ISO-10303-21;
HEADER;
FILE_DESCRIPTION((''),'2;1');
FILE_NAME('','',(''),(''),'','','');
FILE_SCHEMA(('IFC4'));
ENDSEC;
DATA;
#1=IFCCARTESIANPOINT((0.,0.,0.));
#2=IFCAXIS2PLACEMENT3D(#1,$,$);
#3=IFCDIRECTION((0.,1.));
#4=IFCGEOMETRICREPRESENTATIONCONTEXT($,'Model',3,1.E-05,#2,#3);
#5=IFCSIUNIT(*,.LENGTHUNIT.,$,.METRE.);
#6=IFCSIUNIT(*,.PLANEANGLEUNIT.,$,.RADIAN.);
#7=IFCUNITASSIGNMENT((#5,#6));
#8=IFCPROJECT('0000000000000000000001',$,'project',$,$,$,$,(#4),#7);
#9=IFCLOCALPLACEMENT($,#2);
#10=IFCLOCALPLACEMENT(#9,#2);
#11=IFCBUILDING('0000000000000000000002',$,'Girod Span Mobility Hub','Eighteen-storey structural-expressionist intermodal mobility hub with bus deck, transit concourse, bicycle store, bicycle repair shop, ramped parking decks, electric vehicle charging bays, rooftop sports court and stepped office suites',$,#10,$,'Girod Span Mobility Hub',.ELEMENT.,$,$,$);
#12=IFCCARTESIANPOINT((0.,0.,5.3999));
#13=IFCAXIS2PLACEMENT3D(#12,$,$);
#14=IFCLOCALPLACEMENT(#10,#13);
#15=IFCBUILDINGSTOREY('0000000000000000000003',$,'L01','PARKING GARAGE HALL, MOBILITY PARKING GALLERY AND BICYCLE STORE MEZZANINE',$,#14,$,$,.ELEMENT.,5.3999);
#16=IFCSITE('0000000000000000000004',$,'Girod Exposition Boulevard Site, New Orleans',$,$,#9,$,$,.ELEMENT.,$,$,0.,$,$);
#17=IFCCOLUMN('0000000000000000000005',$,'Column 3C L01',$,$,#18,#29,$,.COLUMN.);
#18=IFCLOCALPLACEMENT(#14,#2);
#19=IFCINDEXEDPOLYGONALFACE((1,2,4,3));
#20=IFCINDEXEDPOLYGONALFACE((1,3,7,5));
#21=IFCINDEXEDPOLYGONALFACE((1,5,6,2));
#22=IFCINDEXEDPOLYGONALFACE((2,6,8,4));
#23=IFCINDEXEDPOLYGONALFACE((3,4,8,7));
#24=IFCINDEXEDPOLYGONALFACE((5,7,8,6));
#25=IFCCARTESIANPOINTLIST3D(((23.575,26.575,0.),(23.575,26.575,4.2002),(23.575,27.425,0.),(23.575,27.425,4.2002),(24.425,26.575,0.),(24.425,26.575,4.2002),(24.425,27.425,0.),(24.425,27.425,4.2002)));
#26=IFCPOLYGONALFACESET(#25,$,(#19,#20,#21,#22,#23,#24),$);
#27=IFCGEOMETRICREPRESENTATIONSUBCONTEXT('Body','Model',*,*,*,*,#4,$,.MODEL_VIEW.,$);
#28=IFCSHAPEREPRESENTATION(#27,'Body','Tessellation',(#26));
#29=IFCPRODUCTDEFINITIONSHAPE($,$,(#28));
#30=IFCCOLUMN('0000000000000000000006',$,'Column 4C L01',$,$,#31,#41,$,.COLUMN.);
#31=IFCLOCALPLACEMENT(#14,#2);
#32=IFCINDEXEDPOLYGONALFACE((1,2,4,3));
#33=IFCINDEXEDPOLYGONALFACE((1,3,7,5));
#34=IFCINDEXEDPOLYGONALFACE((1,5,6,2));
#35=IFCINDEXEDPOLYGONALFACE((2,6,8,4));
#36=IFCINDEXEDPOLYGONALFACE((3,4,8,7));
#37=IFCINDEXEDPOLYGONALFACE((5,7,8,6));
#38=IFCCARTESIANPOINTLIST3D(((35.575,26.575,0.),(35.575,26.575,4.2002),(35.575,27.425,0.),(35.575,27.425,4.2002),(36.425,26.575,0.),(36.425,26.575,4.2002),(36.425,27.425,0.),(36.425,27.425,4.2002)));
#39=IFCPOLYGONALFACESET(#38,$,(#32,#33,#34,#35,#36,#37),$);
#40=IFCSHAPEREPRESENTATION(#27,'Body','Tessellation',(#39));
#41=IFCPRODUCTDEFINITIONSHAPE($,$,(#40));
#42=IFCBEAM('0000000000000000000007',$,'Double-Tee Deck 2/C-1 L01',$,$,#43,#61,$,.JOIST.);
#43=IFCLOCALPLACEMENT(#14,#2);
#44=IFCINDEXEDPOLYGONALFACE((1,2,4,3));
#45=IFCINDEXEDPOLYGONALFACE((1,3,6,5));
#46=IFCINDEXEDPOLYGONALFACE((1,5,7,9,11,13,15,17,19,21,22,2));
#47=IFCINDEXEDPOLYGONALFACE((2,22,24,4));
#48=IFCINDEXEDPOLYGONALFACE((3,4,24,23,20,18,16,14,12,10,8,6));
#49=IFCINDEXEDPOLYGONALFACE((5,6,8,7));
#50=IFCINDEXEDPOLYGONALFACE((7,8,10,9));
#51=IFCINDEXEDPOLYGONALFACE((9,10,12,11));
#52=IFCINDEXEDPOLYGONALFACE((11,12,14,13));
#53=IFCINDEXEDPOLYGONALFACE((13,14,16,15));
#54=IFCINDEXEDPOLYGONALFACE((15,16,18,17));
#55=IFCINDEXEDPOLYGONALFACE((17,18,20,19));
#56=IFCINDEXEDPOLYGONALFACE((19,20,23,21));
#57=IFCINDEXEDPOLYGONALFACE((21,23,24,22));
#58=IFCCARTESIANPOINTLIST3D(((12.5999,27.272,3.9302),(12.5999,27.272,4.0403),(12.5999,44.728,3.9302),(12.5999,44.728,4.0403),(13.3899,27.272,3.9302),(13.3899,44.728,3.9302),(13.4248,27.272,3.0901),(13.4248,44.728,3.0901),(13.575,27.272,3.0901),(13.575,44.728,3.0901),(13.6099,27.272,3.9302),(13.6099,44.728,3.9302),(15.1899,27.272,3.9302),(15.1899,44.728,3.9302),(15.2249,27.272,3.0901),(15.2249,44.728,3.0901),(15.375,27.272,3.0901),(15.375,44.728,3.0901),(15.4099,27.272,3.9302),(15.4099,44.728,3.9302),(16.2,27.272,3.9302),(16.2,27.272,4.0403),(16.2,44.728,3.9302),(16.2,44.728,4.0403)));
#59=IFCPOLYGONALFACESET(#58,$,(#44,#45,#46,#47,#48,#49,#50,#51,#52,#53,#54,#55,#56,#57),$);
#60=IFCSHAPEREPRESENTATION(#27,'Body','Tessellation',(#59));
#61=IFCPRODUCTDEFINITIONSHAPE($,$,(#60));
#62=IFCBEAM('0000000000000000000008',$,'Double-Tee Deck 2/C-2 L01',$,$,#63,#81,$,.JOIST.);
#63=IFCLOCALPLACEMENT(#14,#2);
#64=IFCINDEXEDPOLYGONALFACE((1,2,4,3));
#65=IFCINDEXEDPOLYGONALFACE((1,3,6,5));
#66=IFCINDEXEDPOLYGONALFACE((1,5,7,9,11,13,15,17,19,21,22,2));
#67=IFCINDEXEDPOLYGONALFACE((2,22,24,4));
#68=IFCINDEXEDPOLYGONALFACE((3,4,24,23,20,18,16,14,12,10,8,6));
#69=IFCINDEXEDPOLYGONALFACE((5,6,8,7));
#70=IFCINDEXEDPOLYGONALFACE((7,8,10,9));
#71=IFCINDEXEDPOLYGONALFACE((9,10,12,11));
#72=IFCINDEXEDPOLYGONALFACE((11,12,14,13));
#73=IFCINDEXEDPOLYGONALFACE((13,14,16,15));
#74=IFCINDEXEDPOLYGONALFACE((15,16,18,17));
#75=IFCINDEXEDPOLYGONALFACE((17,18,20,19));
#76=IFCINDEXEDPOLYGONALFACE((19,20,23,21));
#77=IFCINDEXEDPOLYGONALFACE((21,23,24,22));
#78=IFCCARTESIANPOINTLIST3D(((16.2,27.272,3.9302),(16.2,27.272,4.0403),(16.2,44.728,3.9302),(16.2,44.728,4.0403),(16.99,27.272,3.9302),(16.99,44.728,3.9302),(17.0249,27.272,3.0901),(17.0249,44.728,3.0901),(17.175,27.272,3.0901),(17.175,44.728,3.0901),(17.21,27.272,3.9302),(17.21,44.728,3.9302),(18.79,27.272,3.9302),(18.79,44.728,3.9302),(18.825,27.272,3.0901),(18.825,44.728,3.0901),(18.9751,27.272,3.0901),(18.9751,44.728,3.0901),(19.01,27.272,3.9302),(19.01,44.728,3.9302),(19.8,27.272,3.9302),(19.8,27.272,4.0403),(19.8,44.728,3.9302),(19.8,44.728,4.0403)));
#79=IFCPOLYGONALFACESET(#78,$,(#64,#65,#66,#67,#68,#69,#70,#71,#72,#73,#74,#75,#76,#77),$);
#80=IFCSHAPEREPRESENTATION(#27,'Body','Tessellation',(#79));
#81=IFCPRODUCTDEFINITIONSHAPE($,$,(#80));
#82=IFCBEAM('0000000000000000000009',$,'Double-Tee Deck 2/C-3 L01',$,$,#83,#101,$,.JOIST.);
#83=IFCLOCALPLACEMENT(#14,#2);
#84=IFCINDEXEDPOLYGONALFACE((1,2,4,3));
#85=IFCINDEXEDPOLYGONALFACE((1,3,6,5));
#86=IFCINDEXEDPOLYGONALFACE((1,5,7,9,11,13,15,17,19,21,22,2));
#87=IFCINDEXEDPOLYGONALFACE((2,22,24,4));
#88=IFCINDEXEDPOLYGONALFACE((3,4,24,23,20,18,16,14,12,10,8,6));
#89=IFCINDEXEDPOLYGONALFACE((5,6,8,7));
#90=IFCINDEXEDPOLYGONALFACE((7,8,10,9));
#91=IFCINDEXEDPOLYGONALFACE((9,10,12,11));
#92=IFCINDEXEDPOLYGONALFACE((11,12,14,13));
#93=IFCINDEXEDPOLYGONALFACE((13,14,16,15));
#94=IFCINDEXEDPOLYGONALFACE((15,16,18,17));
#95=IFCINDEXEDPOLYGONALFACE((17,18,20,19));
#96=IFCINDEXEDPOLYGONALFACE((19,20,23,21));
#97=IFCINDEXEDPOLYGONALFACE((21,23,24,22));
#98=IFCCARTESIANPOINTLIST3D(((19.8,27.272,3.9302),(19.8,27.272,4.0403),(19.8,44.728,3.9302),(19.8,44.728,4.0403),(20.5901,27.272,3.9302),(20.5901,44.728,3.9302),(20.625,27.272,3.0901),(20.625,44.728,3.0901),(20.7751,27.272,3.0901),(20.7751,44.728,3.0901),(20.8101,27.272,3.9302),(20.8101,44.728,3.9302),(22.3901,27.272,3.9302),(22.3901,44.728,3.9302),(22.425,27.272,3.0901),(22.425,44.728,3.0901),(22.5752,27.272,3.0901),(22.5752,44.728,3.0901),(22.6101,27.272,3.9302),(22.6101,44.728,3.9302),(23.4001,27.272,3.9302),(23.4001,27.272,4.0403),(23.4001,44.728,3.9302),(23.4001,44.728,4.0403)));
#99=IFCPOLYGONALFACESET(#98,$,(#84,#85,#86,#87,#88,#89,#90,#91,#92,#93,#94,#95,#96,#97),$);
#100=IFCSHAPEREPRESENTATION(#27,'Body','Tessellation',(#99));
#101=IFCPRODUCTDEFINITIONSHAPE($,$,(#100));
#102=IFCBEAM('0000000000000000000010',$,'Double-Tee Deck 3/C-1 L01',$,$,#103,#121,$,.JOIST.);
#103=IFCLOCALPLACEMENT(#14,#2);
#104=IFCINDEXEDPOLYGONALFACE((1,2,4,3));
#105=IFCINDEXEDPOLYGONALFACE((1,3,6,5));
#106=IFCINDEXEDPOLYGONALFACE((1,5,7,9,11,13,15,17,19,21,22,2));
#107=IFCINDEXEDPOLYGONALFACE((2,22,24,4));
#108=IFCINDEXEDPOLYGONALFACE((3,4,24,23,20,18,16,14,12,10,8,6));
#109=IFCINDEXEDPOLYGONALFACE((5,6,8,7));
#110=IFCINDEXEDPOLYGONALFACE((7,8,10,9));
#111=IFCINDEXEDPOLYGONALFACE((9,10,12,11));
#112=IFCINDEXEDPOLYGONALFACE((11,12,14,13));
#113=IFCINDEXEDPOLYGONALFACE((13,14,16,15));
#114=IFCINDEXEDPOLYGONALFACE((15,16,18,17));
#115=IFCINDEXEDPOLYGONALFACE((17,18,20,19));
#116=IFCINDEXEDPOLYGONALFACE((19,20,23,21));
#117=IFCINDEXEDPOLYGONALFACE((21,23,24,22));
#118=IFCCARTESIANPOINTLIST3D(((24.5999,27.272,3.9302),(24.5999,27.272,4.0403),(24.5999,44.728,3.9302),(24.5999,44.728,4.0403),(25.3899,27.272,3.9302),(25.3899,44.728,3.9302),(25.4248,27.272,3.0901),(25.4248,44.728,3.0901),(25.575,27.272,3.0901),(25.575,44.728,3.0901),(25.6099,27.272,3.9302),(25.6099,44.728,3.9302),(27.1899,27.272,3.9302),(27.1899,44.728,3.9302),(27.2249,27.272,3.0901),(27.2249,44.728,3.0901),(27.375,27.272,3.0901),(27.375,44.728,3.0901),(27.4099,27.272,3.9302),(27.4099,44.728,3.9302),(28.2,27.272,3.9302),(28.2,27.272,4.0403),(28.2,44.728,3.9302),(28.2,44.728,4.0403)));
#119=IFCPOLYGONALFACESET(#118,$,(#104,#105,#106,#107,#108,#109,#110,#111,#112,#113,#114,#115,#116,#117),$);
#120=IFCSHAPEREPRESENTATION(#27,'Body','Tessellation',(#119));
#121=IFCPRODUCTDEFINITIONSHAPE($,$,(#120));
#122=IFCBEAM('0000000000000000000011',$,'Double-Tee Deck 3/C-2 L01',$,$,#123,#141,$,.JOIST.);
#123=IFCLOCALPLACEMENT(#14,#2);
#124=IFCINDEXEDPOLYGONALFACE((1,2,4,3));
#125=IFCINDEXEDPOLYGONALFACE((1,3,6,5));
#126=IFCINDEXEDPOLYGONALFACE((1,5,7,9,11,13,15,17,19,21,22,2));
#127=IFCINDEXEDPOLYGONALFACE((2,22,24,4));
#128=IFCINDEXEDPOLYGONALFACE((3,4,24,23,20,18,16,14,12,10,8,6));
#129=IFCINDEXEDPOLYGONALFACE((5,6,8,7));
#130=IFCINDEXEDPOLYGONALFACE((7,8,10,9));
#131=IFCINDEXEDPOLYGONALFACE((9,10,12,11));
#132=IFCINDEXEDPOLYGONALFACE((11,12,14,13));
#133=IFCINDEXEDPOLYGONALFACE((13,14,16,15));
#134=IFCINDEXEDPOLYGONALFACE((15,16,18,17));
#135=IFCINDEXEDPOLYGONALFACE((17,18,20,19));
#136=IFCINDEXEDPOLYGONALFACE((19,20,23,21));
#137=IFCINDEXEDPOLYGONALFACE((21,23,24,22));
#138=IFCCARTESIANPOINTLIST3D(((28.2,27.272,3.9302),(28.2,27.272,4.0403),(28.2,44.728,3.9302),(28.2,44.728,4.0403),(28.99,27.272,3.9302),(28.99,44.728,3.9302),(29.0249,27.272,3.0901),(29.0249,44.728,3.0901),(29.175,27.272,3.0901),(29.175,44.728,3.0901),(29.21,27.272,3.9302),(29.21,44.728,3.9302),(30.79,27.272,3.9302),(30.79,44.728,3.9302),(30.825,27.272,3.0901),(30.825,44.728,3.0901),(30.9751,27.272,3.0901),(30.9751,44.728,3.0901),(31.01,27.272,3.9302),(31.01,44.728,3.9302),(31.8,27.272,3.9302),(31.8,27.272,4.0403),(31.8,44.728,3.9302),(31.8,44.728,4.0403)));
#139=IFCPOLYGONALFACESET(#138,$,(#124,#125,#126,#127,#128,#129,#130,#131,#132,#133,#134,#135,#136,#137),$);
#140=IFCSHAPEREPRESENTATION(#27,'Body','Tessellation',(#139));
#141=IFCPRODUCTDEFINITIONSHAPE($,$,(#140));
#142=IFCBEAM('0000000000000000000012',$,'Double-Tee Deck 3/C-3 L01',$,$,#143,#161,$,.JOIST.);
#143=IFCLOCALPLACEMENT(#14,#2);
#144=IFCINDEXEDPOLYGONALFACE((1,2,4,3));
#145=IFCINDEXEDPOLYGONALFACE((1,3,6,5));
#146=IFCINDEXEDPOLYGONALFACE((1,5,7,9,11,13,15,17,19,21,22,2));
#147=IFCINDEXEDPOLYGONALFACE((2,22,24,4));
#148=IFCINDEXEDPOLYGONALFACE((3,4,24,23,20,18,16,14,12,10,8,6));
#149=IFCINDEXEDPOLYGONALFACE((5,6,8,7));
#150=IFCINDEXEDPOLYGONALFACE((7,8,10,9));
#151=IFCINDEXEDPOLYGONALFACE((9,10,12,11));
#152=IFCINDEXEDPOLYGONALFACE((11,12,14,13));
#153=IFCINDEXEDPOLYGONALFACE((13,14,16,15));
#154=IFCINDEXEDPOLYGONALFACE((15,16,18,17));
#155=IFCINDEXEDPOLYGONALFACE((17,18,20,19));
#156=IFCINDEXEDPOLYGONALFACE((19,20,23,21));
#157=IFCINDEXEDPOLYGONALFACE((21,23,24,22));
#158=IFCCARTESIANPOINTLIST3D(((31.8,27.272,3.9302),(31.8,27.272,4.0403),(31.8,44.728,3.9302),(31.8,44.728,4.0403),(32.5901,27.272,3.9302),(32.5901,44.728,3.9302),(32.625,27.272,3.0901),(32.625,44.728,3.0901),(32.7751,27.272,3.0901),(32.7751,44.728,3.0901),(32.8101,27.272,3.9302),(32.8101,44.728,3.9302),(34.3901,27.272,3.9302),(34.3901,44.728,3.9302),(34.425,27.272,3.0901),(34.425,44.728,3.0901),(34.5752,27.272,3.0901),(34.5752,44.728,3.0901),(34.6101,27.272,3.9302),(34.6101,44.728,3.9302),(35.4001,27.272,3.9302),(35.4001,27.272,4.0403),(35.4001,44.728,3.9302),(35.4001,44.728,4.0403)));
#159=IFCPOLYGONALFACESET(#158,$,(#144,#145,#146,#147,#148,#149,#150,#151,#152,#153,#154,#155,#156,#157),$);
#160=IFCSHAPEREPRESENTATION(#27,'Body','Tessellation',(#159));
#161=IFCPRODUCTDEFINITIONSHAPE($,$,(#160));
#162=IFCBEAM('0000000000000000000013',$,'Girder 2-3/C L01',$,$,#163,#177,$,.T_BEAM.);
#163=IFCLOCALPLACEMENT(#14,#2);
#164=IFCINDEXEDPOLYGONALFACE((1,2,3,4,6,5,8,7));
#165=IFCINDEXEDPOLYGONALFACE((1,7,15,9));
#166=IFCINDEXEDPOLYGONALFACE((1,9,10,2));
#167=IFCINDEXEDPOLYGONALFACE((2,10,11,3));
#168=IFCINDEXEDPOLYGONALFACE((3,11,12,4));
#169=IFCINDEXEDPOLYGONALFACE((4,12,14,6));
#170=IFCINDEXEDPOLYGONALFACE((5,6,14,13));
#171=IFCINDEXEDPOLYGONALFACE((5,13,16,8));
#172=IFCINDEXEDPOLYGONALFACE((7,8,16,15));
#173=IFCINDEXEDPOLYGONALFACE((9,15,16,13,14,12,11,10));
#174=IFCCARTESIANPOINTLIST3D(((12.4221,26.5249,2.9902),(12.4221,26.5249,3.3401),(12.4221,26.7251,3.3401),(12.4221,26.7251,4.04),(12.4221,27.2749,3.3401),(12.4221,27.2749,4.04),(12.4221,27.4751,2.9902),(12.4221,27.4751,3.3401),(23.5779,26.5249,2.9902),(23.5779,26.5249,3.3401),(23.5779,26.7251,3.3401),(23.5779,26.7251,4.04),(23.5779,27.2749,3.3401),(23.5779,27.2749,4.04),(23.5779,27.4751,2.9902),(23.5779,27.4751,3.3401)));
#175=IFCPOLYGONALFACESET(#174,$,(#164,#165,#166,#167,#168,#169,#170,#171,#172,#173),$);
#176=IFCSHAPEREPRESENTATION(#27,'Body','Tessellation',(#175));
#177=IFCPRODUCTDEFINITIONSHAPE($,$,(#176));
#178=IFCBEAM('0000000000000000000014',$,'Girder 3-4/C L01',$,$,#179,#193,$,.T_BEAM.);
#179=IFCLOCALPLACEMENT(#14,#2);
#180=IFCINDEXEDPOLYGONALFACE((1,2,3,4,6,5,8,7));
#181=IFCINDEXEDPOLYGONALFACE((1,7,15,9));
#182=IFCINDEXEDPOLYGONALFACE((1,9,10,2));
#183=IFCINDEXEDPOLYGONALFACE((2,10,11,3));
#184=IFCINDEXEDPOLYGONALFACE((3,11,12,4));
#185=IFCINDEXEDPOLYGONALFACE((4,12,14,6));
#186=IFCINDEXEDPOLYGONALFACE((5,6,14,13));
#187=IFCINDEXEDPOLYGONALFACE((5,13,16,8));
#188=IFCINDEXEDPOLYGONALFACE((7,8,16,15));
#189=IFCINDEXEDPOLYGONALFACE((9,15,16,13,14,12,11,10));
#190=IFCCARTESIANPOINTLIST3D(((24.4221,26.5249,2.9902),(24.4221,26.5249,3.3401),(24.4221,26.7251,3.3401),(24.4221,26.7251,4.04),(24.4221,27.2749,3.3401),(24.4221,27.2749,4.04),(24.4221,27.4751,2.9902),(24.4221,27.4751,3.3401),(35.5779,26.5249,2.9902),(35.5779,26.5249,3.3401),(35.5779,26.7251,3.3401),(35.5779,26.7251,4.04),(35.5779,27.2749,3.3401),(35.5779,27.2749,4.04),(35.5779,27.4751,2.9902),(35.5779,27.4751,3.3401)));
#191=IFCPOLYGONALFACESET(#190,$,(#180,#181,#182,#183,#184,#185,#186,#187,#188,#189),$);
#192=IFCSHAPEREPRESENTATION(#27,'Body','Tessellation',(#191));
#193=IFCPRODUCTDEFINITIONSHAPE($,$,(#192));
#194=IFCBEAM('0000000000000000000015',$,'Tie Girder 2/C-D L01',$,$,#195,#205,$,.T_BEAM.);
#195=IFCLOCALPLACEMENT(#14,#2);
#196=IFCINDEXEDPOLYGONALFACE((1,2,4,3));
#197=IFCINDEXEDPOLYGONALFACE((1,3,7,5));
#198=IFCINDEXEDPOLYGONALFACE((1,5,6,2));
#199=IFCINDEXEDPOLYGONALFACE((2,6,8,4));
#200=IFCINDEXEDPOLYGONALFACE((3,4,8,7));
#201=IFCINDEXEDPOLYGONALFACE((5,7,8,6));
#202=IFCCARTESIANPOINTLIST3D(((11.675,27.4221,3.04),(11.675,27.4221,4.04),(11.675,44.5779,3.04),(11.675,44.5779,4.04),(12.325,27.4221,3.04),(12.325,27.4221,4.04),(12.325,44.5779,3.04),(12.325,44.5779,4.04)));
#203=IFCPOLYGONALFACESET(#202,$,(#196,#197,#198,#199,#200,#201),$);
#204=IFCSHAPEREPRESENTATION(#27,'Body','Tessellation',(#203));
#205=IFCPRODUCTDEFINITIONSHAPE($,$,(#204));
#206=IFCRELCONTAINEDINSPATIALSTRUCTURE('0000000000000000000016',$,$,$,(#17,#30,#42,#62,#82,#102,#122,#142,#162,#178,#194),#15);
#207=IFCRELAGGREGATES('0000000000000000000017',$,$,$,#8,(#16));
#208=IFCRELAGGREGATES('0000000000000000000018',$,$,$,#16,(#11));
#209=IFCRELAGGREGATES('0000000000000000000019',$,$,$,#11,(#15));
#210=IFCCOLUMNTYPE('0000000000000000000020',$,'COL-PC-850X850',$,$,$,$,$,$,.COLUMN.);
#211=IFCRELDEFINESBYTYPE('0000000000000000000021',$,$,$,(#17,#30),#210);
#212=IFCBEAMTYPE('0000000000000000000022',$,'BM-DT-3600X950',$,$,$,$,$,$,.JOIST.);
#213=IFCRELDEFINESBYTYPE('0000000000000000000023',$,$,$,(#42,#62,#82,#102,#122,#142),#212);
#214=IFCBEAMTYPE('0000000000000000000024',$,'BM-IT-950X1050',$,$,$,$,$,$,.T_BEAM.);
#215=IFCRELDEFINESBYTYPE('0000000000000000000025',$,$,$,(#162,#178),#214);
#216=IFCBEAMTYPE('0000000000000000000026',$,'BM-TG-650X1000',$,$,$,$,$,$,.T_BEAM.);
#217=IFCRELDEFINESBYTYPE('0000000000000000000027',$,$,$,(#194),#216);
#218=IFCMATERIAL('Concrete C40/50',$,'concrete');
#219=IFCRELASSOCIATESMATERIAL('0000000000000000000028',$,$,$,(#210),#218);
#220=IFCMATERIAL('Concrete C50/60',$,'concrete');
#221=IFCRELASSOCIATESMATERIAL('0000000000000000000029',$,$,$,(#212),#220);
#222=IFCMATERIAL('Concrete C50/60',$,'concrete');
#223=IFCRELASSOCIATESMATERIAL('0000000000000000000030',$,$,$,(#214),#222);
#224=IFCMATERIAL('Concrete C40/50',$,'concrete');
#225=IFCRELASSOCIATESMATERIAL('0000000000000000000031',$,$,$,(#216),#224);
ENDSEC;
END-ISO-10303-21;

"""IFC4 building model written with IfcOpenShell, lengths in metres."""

from ifc_helpers import new_model, si_unit, direction, frame, origin, origin_2d, place, context, subcontext, project, spatial, polyline, rectangle, outline, extrude, material, material_profile, profile_set, type_object, element, save


model = new_model("IFC4")

# Units and contexts
model_context = context("Model", 3, precision=1e-05, world=origin(), true_north=direction((0.0, 1.0)))
body_context = subcontext(model_context, "Body", "Model", "MODEL_VIEW")
ifc_project = project(units=[si_unit("LENGTHUNIT", "METRE"), si_unit("PLANEANGLEUNIT", "RADIAN")], contexts=[model_context])

# Site, building, storey
site_placement = place(None, origin())
site = spatial("IfcSite", under=ifc_project, at=site_placement, Name="Girod Exposition Boulevard Site, New Orleans", CompositionType="ELEMENT", RefElevation=0.0)
building_placement = place(site_placement, origin())
building = spatial("IfcBuilding", under=site, at=building_placement, Name="Girod Span Mobility Hub", Description="Eighteen-storey structural-expressionist intermodal mobility hub with bus deck, transit concourse, bicycle store, bicycle repair shop, ramped parking decks, electric vehicle charging bays, rooftop sports court and stepped office suites", LongName="Girod Span Mobility Hub", CompositionType="ELEMENT")
storey_placement = place(building_placement, frame((0.0, 0.0, 5.3999)))
storey = spatial("IfcBuildingStorey", under=building, at=storey_placement, Name="L01", Description="PARKING GARAGE HALL, MOBILITY PARKING GALLERY AND BICYCLE STORE MEZZANINE", CompositionType="ELEMENT", Elevation=5.3999)

# Columns
ifc_material_1 = material(Name="Concrete C40/50", Category="concrete")
ifc_material_profile_1 = material_profile(ifc_material_1, rectangle(XDim=0.8501, YDim=0.8501, at=origin_2d()), Name="PC-COL-850X850")
ifc_profile_set_1 = profile_set([ifc_material_profile_1], Name="Concrete C40/50")
column_type = type_object("IfcColumnType", Name="COL-PC-850X850", PredefinedType="COLUMN", material=ifc_profile_set_1)
for number, where, z_axis, x_axis, name in (
    (1, (24.0, 27.0, 0.0), (0.0, 0.0, 1.0), (1.0, 0.0, 0.0), "Column 3C L01"),
    (2, (36.0, 27.0, 0.0), (0.0, 0.0, 1.0), (1.0, 0.0, 0.0), "Column 4C L01"),
):
    element("IfcColumn", number, at=place(storey_placement, frame(where, z_axis=z_axis, x_axis=x_axis)), inside=storey, type_object=column_type, Name=name, PredefinedType="COLUMN", context=body_context, shape_type="SweptSolid", body=[
        extrude(rectangle(XDim=0.8501, YDim=0.8501, at=origin_2d()), origin(), (0.0, 0.0, 1.0), 4.2002),
    ])

# Beams
ifc_material_2 = material(Name="Concrete C50/60", Category="concrete")
ifc_material_profile_2 = material_profile(ifc_material_2, outline(polyline([(-1.8, 0.4751), (-1.8, 0.365), (-1.01, 0.365), (-0.9751, -0.4751), (-0.825, -0.4751), (-0.79, 0.365), (0.79, 0.365), (0.825, -0.4751), (0.9751, -0.4751), (1.01, 0.365), (1.8, 0.365), (1.8, 0.4751), (-1.8, 0.4751)])), Name="DT-3600X950")
ifc_profile_set_2 = profile_set([ifc_material_profile_2], Name="Concrete C50/60")
beam_type_1 = type_object("IfcBeamType", Name="BM-DT-3600X950", PredefinedType="JOIST", material=ifc_profile_set_2)
for number, where, z_axis, x_axis, name in (
    (3, (14.3999, 27.272, 3.5652), (0.0, 1.0, 0.0), (-1.0, 0.0, 0.0), "Double-Tee Deck 2/C-1 L01"),
    (4, (18.0, 27.272, 3.5652), (0.0, 1.0, 0.0), (-1.0, 0.0, 0.0), "Double-Tee Deck 2/C-2 L01"),
    (5, (21.6001, 27.272, 3.5652), (0.0, 1.0, 0.0), (-1.0, 0.0, 0.0), "Double-Tee Deck 2/C-3 L01"),
    (6, (26.3999, 27.272, 3.5652), (0.0, 1.0, 0.0), (-1.0, 0.0, 0.0), "Double-Tee Deck 3/C-1 L01"),
    (7, (30.0, 27.272, 3.5652), (0.0, 1.0, 0.0), (-1.0, 0.0, 0.0), "Double-Tee Deck 3/C-2 L01"),
    (8, (33.6001, 27.272, 3.5652), (0.0, 1.0, 0.0), (-1.0, 0.0, 0.0), "Double-Tee Deck 3/C-3 L01"),
):
    element("IfcBeam", number, at=place(storey_placement, frame(where, z_axis=z_axis, x_axis=x_axis)), inside=storey, type_object=beam_type_1, Name=name, PredefinedType="JOIST", context=body_context, shape_type="SweptSolid", body=[
        extrude(outline(polyline([(-1.8, 0.4751), (-1.8, 0.365), (-1.01, 0.365), (-0.9751, -0.4751), (-0.825, -0.4751), (-0.79, 0.365), (0.79, 0.365), (0.825, -0.4751), (0.9751, -0.4751), (1.01, 0.365), (1.8, 0.365), (1.8, 0.4751), (-1.8, 0.4751)])), origin(), (0.0, 0.0, 1.0), 17.4561),
    ])
ifc_material_3 = material(Name="Concrete C50/60", Category="concrete")
ifc_material_profile_3 = material_profile(ifc_material_3, outline(polyline([(-0.4751, -0.5249), (0.4751, -0.5249), (0.4751, -0.175), (0.2749, -0.175), (0.2749, 0.5249), (-0.2749, 0.5249), (-0.2749, -0.175), (-0.4751, -0.175), (-0.4751, -0.5249)])), Name="IT-950X1050")
ifc_profile_set_3 = profile_set([ifc_material_profile_3], Name="Concrete C50/60")
beam_type_2 = type_object("IfcBeamType", Name="BM-IT-950X1050", PredefinedType="T_BEAM", material=ifc_profile_set_3)
for number, where, z_axis, x_axis, name in (
    (9, (12.4221, 27.0, 3.5151), (1.0, 0.0, 0.0), (0.0, 1.0, 0.0), "Girder 2-3/C L01"),
    (10, (24.4221, 27.0, 3.5151), (1.0, 0.0, 0.0), (0.0, 1.0, 0.0), "Girder 3-4/C L01"),
):
    element("IfcBeam", number, at=place(storey_placement, frame(where, z_axis=z_axis, x_axis=x_axis)), inside=storey, type_object=beam_type_2, Name=name, PredefinedType="T_BEAM", context=body_context, shape_type="SweptSolid", body=[
        extrude(outline(polyline([(-0.4751, -0.5249), (0.4751, -0.5249), (0.4751, -0.175), (0.2749, -0.175), (0.2749, 0.5249), (-0.2749, 0.5249), (-0.2749, -0.175), (-0.4751, -0.175), (-0.4751, -0.5249)])), origin(), (0.0, 0.0, 1.0), 11.1558),
    ])
ifc_material_4 = material(Name="Concrete C40/50", Category="concrete")
ifc_material_profile_4 = material_profile(ifc_material_4, rectangle(XDim=0.6499, YDim=1.0, at=origin_2d()), Name="TG-650X1000")
ifc_profile_set_4 = profile_set([ifc_material_profile_4], Name="Concrete C40/50")
beam_type_3 = type_object("IfcBeamType", Name="BM-TG-650X1000", PredefinedType="T_BEAM", material=ifc_profile_set_4)
for number, where, z_axis, x_axis, name in (
    (11, (12.0, 27.4221, 3.54), (0.0, 1.0, 0.0), (-1.0, 0.0, 0.0), "Tie Girder 2/C-D L01"),
):
    element("IfcBeam", number, at=place(storey_placement, frame(where, z_axis=z_axis, x_axis=x_axis)), inside=storey, type_object=beam_type_3, Name=name, PredefinedType="T_BEAM", context=body_context, shape_type="SweptSolid", body=[
        extrude(rectangle(XDim=0.6499, YDim=1.0, at=origin_2d()), origin(), (0.0, 0.0, 1.0), 17.1558),
    ])

save(model, "model.ifc")
